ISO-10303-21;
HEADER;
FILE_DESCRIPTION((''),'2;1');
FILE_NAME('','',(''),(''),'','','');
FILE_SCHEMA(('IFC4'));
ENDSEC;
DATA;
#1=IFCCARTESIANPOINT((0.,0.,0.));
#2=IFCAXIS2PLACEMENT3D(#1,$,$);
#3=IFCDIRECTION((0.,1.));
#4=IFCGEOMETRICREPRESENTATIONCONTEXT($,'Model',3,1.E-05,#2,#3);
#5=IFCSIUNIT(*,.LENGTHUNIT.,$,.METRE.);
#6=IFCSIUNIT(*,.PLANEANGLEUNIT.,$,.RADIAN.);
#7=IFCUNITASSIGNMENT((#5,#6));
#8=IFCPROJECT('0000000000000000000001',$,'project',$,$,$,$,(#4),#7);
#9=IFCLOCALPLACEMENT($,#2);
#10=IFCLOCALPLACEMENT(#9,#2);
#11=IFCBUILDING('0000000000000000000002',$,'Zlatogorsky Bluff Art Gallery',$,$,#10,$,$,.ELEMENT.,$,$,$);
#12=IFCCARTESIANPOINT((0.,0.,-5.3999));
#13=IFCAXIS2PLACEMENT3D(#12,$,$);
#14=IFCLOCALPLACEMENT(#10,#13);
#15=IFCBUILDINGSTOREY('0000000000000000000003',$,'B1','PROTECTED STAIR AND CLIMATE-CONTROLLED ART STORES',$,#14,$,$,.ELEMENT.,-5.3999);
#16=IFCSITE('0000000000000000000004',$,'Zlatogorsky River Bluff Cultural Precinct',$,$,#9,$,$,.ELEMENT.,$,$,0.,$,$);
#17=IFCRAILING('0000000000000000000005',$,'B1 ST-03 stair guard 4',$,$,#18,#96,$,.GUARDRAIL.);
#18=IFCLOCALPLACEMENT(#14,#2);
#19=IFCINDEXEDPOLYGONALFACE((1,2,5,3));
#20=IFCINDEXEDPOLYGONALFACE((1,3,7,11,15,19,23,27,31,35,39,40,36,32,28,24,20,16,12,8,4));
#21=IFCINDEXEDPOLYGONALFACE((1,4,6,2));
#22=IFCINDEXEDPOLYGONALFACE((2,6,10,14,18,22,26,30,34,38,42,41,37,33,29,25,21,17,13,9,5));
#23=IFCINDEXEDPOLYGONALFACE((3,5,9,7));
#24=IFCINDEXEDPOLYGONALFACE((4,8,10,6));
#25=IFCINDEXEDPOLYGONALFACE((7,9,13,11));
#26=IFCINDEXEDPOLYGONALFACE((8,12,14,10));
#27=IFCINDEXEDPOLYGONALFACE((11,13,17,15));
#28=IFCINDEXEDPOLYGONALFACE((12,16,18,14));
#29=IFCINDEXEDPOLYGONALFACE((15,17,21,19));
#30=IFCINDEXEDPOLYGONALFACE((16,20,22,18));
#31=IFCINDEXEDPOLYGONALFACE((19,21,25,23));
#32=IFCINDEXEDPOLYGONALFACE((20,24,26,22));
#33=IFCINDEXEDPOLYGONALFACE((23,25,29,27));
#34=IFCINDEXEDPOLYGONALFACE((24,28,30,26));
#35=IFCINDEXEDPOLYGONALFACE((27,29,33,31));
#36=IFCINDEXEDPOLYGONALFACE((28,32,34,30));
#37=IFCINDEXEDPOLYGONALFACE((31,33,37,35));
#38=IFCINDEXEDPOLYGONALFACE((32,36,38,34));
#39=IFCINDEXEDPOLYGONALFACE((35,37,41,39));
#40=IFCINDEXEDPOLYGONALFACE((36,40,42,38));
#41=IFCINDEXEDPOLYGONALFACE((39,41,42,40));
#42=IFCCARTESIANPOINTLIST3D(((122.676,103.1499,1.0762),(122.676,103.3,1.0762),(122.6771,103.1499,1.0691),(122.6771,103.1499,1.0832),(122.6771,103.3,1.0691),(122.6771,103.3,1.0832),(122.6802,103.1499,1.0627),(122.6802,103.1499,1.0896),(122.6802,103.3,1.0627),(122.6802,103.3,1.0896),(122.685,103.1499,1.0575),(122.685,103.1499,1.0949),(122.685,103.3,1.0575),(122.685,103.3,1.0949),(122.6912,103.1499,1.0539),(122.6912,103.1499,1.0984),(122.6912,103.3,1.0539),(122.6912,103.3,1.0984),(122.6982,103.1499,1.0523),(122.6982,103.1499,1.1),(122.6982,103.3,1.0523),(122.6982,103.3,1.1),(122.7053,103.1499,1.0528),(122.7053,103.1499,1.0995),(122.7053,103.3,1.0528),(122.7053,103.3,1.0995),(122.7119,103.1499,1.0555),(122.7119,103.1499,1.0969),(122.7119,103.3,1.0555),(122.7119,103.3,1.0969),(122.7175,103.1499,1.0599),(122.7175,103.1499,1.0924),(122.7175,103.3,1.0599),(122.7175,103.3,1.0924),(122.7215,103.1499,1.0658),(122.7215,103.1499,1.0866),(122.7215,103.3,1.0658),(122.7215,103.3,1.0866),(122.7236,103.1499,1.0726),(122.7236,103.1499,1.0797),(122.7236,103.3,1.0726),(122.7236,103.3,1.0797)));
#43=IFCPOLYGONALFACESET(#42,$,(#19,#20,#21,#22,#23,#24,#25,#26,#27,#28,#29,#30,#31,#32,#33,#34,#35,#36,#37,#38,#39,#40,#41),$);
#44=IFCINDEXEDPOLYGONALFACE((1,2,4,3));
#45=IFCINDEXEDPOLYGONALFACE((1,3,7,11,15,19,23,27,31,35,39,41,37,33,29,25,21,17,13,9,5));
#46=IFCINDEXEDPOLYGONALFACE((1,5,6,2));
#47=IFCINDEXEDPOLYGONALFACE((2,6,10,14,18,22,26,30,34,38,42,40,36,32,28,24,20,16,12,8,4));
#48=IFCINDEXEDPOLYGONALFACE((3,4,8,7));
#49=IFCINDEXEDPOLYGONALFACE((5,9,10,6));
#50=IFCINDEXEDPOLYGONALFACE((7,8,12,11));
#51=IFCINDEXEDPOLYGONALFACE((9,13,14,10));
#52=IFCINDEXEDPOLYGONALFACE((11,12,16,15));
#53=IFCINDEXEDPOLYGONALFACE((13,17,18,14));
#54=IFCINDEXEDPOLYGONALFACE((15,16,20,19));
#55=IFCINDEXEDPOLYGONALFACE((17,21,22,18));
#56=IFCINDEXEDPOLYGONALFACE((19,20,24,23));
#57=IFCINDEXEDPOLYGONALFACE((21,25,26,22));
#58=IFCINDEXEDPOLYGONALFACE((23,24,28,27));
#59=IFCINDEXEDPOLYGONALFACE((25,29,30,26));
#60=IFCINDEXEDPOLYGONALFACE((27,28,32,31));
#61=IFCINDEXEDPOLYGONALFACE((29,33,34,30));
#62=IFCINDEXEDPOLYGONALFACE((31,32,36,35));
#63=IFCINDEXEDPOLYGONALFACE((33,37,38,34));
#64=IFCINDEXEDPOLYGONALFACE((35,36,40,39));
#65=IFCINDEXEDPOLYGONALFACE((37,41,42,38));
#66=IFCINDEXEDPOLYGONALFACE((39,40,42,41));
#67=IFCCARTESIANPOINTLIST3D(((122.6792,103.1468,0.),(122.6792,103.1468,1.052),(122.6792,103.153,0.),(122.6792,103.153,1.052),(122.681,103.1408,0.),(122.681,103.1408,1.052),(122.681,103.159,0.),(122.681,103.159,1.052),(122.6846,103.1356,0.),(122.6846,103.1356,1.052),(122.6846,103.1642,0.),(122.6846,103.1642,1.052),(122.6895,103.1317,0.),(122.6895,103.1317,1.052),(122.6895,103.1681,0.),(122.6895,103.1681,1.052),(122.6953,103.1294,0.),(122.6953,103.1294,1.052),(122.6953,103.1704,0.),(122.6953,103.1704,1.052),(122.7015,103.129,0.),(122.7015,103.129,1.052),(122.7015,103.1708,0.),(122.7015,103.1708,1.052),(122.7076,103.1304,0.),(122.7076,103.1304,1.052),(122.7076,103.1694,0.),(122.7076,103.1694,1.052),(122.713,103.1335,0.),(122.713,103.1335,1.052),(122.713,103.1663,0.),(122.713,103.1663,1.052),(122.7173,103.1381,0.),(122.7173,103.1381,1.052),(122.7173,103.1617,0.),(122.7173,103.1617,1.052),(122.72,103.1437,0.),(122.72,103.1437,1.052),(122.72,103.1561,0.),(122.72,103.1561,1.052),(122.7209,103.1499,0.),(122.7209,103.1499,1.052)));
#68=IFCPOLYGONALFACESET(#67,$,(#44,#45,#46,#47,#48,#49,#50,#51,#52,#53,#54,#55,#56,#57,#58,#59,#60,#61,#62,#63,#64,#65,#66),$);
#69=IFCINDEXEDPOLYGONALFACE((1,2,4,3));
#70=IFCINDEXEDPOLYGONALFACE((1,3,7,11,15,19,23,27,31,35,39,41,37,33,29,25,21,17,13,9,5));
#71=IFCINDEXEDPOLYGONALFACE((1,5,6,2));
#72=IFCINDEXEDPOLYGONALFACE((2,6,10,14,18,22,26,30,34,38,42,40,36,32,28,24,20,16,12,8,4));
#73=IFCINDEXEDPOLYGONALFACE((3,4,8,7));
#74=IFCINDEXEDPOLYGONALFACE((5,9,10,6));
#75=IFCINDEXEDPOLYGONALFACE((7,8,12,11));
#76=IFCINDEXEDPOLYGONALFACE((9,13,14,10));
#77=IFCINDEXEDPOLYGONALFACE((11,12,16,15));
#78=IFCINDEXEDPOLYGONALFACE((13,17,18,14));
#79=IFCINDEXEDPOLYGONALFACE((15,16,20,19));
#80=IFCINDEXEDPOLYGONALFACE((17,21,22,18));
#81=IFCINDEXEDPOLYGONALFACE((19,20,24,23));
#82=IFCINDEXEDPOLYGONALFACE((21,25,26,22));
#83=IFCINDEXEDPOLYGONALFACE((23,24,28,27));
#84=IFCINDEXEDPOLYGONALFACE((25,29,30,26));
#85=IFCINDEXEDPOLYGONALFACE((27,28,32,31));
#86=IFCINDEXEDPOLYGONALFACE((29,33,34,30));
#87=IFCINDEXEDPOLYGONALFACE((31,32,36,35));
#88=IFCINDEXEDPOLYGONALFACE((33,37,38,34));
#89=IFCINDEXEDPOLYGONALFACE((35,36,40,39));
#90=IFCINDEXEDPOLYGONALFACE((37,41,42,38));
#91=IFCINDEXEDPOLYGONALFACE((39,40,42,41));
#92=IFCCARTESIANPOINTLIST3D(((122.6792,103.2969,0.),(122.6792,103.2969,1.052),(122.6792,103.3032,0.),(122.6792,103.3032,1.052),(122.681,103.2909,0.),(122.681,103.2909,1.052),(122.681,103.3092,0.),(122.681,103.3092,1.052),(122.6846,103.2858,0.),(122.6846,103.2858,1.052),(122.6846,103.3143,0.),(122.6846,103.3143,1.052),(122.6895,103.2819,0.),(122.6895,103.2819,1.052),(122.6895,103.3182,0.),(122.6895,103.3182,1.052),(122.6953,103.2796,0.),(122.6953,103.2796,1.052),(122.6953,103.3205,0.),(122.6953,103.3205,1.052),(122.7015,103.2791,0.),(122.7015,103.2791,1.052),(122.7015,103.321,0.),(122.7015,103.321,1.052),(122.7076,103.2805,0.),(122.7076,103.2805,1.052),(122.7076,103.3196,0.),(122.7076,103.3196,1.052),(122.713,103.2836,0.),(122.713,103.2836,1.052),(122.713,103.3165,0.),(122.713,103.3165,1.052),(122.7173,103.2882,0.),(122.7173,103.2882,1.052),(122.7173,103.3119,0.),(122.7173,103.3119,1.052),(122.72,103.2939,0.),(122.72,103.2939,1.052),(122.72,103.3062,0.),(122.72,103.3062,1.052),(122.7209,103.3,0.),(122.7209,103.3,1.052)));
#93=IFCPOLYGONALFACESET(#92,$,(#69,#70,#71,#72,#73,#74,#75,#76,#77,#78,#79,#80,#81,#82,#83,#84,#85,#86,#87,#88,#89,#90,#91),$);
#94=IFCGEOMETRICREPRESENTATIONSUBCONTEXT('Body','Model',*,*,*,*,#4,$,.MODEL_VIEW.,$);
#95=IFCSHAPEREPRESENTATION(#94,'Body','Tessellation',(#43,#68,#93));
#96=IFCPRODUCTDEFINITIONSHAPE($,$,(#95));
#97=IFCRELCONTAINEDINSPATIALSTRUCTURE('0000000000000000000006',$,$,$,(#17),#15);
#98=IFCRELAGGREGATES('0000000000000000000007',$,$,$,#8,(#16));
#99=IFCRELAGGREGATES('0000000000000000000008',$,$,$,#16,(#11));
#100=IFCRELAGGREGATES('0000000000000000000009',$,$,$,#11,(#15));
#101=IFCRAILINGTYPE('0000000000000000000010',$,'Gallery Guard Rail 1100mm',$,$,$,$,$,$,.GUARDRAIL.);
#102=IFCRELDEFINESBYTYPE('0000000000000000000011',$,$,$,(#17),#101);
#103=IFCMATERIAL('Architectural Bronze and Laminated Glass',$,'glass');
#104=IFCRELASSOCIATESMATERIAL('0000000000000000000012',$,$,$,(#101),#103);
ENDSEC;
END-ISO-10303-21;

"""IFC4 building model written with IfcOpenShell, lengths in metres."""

from ifc_helpers import new_model, si_unit, direction, frame, origin, origin_2d, place, context, subcontext, project, spatial, circle, extrude, material, type_object, element, save


model = new_model("IFC4")

# Units and contexts
model_context = context("Model", 3, precision=1e-05, world=origin(), true_north=direction((0.0, 1.0)))
body_context = subcontext(model_context, "Body", "Model", "MODEL_VIEW")
ifc_project = project(units=[si_unit("LENGTHUNIT", "METRE"), si_unit("PLANEANGLEUNIT", "RADIAN")], contexts=[model_context])

# Site, building, storey
site_placement = place(None, origin())
site = spatial("IfcSite", under=ifc_project, at=site_placement, Name="Zlatogorsky River Bluff Cultural Precinct", CompositionType="ELEMENT", RefElevation=0.0)
building_placement = place(site_placement, origin())
building = spatial("IfcBuilding", under=site, at=building_placement, Name="Zlatogorsky Bluff Art Gallery", CompositionType="ELEMENT")
storey_placement = place(building_placement, frame((0.0, 0.0, -5.3999)))
storey = spatial("IfcBuildingStorey", under=building, at=storey_placement, Name="B1", Description="PROTECTED STAIR AND CLIMATE-CONTROLLED ART STORES", CompositionType="ELEMENT", Elevation=-5.3999)

# Railing
ifc_material_1 = material(Name="Architectural Bronze and Laminated Glass", Category="glass")
railing_type_1 = type_object("IfcRailingType", Name="Gallery Guard Rail 1100mm", PredefinedType="GUARDRAIL", material=ifc_material_1)
railing_1_placement = place(storey_placement, frame((122.7, 103.1499, 0.0)))
element("IfcRailing", 1, at=railing_1_placement, inside=storey, type_object=railing_type_1, Name="B1 ST-03 stair guard 4", PredefinedType="GUARDRAIL", context=body_context, shape_type="SweptSolid", body=[
    extrude(circle(Radius=0.0239, at=origin_2d()), frame((0.0, 0.0, 1.0762), z_axis=(0.0, 1.0, 0.0), x_axis=(-1.0, 0.0, 0.0)), (0.0, 0.0, 1.0), 0.1501),
    extrude(circle(Radius=0.021, at=origin_2d()), origin(), (0.0, 0.0, 1.0), 1.052),
    extrude(circle(Radius=0.021, at=origin_2d()), frame((0.0, 0.1501, 0.0)), (0.0, 0.0, 1.0), 1.052),
])

save(model, "model.ifc")
